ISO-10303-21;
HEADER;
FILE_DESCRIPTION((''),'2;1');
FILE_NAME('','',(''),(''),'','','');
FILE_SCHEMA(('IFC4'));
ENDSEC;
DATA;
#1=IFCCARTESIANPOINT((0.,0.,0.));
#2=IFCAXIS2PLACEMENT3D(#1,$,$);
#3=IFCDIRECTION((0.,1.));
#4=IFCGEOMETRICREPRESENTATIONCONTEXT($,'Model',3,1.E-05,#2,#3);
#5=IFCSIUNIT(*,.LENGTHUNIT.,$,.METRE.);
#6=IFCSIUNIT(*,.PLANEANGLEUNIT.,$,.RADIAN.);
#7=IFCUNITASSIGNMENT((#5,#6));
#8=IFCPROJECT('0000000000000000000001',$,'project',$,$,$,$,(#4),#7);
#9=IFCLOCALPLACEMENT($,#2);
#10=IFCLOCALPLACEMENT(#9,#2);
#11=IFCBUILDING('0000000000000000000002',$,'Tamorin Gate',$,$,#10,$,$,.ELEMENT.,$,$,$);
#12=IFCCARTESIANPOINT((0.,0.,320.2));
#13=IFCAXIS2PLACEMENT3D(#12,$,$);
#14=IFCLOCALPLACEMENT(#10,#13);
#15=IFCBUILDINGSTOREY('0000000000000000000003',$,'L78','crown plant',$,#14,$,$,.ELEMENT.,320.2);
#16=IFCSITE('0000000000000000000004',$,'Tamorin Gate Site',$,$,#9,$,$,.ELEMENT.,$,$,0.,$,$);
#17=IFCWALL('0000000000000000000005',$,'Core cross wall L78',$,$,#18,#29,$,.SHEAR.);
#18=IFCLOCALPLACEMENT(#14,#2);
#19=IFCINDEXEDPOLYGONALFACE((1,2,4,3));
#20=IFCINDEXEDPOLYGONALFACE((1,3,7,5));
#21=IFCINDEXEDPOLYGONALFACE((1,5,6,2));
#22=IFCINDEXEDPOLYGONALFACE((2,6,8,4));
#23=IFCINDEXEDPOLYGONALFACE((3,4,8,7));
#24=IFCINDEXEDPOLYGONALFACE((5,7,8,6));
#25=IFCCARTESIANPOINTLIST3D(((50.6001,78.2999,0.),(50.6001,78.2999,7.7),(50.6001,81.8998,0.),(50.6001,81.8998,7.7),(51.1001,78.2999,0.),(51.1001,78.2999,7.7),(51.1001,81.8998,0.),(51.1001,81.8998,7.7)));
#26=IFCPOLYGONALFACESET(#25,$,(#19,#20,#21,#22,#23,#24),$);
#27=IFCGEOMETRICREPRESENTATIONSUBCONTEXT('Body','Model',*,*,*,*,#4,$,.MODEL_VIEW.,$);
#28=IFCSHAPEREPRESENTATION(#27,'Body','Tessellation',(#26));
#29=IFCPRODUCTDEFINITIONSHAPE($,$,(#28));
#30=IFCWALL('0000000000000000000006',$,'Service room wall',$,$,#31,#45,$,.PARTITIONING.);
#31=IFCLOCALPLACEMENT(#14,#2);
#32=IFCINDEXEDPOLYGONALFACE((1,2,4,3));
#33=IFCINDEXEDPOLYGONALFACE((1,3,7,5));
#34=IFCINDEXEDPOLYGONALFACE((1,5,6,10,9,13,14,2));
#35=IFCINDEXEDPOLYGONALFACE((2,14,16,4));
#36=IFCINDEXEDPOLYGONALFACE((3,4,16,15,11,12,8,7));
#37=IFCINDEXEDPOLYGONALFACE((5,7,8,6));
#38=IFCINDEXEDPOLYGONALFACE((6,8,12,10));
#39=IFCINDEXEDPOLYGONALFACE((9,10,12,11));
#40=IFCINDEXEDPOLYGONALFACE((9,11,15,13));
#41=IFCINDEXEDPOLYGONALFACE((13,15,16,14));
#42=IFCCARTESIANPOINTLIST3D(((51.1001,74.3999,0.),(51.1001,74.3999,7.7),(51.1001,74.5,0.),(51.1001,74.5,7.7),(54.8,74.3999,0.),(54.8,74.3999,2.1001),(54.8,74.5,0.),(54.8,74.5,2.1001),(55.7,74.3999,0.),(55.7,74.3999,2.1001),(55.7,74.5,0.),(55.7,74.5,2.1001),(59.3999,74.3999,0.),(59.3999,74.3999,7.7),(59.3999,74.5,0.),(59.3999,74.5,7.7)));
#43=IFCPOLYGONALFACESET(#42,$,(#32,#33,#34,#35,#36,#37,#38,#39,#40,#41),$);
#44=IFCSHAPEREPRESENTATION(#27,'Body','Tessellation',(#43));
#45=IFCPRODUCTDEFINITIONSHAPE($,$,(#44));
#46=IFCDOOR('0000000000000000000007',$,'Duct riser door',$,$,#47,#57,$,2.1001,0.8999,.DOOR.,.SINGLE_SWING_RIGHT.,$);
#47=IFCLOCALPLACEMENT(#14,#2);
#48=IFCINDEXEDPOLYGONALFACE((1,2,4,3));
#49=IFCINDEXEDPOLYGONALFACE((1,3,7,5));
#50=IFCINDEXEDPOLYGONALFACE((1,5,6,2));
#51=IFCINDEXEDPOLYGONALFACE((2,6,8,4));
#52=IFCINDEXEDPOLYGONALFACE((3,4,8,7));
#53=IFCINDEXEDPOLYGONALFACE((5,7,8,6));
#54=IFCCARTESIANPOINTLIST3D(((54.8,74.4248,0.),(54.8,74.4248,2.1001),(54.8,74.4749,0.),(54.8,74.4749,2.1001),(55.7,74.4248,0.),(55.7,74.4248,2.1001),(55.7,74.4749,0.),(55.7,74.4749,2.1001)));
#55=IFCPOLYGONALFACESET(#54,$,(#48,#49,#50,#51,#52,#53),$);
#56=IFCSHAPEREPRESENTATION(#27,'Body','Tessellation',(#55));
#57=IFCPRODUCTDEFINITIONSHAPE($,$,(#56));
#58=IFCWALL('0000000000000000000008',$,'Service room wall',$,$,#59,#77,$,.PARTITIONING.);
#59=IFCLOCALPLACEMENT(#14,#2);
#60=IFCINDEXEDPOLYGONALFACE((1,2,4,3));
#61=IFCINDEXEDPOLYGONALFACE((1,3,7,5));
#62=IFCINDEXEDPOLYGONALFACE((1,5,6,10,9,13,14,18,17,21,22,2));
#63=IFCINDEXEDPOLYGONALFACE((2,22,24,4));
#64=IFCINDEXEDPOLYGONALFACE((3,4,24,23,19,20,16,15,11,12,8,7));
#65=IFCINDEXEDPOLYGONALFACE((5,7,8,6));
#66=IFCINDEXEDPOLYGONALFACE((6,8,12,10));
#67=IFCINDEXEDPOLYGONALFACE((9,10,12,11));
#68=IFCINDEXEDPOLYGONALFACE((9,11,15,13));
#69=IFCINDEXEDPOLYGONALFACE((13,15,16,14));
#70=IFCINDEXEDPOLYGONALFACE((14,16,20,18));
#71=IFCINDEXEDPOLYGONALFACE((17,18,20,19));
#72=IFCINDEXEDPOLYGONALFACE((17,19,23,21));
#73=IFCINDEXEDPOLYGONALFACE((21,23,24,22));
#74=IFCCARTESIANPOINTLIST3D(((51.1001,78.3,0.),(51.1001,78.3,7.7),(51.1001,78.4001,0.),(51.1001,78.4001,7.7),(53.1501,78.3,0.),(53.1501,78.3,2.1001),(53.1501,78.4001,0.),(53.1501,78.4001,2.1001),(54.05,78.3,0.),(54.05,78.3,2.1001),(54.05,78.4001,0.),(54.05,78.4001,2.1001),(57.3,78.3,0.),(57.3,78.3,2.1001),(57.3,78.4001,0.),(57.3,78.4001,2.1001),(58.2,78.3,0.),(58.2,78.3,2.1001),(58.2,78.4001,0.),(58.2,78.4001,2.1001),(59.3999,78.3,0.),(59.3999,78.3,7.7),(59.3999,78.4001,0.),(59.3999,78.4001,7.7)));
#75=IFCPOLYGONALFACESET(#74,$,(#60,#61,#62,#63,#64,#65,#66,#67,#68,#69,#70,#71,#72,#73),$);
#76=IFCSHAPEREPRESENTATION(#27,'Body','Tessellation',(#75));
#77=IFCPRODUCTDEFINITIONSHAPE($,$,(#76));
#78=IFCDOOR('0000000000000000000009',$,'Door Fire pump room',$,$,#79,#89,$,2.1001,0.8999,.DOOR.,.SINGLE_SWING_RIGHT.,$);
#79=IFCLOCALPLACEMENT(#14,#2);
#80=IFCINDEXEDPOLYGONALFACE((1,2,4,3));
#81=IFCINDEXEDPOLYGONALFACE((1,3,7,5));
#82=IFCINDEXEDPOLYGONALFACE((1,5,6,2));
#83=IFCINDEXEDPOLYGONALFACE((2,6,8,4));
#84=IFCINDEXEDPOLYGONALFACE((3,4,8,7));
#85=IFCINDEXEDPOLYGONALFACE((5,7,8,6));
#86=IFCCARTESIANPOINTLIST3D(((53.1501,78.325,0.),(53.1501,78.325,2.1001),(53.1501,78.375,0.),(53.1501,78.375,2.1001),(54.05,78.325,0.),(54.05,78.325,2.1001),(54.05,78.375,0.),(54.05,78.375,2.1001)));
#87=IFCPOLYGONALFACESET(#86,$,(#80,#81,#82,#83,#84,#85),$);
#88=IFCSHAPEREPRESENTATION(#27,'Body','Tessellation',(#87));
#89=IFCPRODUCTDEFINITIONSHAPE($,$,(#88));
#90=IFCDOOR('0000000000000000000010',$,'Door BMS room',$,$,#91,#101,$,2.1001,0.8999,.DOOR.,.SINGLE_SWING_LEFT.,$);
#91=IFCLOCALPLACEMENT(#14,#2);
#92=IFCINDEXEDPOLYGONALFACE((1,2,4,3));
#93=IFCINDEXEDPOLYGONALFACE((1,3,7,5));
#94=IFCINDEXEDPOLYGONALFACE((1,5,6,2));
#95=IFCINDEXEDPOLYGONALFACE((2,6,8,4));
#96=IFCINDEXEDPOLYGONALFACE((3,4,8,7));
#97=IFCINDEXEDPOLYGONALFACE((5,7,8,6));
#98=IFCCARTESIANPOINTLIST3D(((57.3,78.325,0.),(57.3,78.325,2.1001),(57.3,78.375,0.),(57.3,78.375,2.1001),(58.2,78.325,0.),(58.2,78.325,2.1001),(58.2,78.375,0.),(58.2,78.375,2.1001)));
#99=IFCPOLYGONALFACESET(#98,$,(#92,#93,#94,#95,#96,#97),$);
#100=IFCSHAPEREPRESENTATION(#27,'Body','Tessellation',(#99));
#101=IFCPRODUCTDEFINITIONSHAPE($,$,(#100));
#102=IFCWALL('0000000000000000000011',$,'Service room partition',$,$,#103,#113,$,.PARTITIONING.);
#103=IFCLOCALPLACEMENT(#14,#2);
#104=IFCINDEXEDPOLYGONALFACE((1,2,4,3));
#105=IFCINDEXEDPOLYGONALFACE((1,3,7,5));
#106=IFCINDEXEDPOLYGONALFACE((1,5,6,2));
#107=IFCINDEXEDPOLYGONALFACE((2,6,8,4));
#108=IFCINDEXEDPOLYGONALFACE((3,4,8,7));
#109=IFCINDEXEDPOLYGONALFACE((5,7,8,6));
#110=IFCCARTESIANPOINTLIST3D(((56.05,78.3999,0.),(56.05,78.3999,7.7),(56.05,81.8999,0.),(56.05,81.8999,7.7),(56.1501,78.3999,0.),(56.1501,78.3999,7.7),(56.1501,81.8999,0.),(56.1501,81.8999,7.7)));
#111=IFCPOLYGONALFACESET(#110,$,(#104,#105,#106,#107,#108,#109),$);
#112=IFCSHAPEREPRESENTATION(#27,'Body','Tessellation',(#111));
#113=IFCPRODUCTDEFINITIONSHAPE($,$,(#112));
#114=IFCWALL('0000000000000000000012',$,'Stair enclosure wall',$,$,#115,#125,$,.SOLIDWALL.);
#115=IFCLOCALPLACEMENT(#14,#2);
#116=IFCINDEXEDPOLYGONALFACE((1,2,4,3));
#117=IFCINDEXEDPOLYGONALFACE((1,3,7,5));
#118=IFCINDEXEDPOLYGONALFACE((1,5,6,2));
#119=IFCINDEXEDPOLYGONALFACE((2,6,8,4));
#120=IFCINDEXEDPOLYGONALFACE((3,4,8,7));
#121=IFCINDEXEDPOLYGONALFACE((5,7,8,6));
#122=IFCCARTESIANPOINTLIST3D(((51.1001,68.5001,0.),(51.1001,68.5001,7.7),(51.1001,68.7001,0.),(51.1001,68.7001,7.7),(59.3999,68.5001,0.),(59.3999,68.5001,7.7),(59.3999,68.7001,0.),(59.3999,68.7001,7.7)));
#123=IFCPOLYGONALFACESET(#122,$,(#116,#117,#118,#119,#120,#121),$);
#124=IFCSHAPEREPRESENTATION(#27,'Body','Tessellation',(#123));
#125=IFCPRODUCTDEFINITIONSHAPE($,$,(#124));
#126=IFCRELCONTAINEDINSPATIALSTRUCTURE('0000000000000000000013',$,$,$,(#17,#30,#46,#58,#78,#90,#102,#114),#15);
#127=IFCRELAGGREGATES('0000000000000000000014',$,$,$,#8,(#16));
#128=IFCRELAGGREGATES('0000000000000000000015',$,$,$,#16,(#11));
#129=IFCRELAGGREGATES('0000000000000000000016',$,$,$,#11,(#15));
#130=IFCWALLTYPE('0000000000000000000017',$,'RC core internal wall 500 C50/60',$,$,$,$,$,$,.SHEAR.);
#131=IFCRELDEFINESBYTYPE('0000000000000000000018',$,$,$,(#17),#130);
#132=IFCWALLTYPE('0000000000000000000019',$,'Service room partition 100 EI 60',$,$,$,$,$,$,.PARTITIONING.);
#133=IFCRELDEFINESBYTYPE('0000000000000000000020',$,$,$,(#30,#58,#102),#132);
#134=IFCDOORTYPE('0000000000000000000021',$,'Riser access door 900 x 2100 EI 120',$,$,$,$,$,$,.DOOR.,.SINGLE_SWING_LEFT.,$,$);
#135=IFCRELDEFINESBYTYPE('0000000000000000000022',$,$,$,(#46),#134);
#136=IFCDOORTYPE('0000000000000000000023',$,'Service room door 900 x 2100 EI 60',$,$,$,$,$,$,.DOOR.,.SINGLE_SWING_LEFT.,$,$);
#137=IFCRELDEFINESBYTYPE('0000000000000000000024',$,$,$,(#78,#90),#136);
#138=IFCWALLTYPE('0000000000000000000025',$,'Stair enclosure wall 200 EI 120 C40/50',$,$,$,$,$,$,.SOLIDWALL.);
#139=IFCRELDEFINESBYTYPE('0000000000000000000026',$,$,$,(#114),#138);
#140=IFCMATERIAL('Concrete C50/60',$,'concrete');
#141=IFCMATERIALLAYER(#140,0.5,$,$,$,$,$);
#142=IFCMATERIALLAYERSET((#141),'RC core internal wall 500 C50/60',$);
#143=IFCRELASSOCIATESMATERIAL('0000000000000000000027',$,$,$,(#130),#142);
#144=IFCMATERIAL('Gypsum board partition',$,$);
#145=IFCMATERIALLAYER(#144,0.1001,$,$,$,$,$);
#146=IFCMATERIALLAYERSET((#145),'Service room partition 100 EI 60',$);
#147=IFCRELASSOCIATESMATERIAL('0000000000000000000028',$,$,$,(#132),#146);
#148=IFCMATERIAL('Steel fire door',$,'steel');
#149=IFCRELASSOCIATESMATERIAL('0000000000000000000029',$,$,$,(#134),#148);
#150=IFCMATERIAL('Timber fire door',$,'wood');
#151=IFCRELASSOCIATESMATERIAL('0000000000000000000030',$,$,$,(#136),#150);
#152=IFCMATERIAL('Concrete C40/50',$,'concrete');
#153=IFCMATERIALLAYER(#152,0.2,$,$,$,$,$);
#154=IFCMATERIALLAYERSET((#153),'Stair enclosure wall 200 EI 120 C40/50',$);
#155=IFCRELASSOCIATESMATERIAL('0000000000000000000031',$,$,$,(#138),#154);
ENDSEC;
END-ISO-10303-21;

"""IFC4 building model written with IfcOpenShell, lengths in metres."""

from ifc_helpers import new_model, si_unit, direction, frame, frame_2d, origin, place, context, subcontext, project, spatial, rectangle, extrude, material, layer, layer_set, type_object, element, fill, save


model = new_model("IFC4")

# Units and contexts
model_context = context("Model", 3, precision=1e-05, world=origin(), true_north=direction((0.0, 1.0)))
body_context = subcontext(model_context, "Body", "Model", "MODEL_VIEW")
ifc_project = project(units=[si_unit("LENGTHUNIT", "METRE"), si_unit("PLANEANGLEUNIT", "RADIAN")], contexts=[model_context])

# Site, building, storey
site_placement = place(None, origin())
site = spatial("IfcSite", under=ifc_project, at=site_placement, Name="Tamorin Gate Site", CompositionType="ELEMENT", RefElevation=0.0)
building_placement = place(site_placement, origin())
building = spatial("IfcBuilding", under=site, at=building_placement, Name="Tamorin Gate", CompositionType="ELEMENT")
storey_placement = place(building_placement, frame((0.0, 0.0, 320.2)))
storey = spatial("IfcBuildingStorey", under=building, at=storey_placement, Name="L78", Description="crown plant", CompositionType="ELEMENT", Elevation=320.2)

# Shared definitions
ifc_material_1 = material(Name="Concrete C50/60", Category="concrete")

# Shared definitions
ifc_material_2 = material(Name="Concrete C40/50", Category="concrete")

# Wall
ifc_material_3 = material(Name="Gypsum board partition")
ifc_layer_1 = layer(ifc_material_1, 0.5)
ifc_layer_set_1 = layer_set([ifc_layer_1], Name="RC core internal wall 500 C50/60")
wall_type_1 = type_object("IfcWallType", Name="RC core internal wall 500 C50/60", PredefinedType="SHEAR", material=ifc_layer_set_1)
wall_1_placement = place(storey_placement, frame((50.8501, 78.3, 0.0), z_axis=(0.0, 0.0, 1.0), x_axis=(0.0, 1.0, 0.0)))
element("IfcWall", 1, at=wall_1_placement, inside=storey, type_object=wall_type_1, Name="Core cross wall L78", PredefinedType="SHEAR", context=body_context, shape_type="SweptSolid", body=[
    extrude(rectangle(XDim=3.5999, YDim=0.5, at=frame_2d((1.7998, 0.0))), origin(), (0.0, 0.0, 1.0), 7.7),
])

# Wall, opening, door
ifc_layer_2 = layer(ifc_material_3, 0.1001)
ifc_layer_set_2 = layer_set([ifc_layer_2], Name="Service room partition 100 EI 60")
wall_type_2 = type_object("IfcWallType", Name="Service room partition 100 EI 60", PredefinedType="PARTITIONING", material=ifc_layer_set_2)
wall_2_placement = place(storey_placement, frame((51.1001, 74.45, 0.0), z_axis=(0.0, 0.0, 1.0), x_axis=(1.0, 0.0, 0.0)))
wall_2 = element("IfcWall", 2, at=wall_2_placement, inside=storey, type_object=wall_type_2, Name="Service room wall", PredefinedType="PARTITIONING", context=body_context, shape_type="SweptSolid", body=[
    extrude(rectangle(XDim=8.2998, YDim=0.1001, at=frame_2d((4.1499, 0.0))), origin(), (0.0, 0.0, 1.0), 7.7),
])
opening_1_placement = place(wall_2_placement, frame((3.7, 0.0, 0.0)))
opening_1 = element("IfcOpeningElement", 3, at=opening_1_placement, cuts=wall_2, PredefinedType="OPENING", context=body_context, shape_type="SweptSolid", body=[
    extrude(rectangle(XDim=0.8999, YDim=2.1001, at=frame_2d((0.45, 1.05))), frame((0.0, 0.0601, 0.0), z_axis=(0.0, -1.0, 0.0), x_axis=(1.0, 0.0, 0.0)), (0.0, 0.0, 1.0), 0.1201),
])
ifc_material_4 = material(Name="Steel fire door", Category="steel")
door_type_1 = type_object("IfcDoorType", Name="Riser access door 900 x 2100 EI 120", OperationType="SINGLE_SWING_LEFT", PredefinedType="DOOR", material=ifc_material_4)
door_1_placement = place(opening_1_placement, origin())
door_1 = element("IfcDoor", 4, at=door_1_placement, inside=storey, type_object=door_type_1, Name="Duct riser door", OperationType="SINGLE_SWING_RIGHT", OverallHeight=2.1001, OverallWidth=0.8999, PredefinedType="DOOR", context=body_context, shape_type="SweptSolid", body=[
    extrude(rectangle(XDim=0.8999, YDim=2.1001, at=frame_2d((0.45, 1.05))), frame((0.0, 0.0249, 0.0), z_axis=(0.0, -1.0, 0.0), x_axis=(1.0, 0.0, 0.0)), (0.0, 0.0, 1.0), 0.05),
])
fill(opening_1, door_1)

# Wall, openings, doors
wall_3_placement = place(storey_placement, frame((51.1001, 78.3501, 0.0), z_axis=(0.0, 0.0, 1.0), x_axis=(1.0, 0.0, 0.0)))
wall_3 = element("IfcWall", 5, at=wall_3_placement, inside=storey, type_object=wall_type_2, Name="Service room wall", PredefinedType="PARTITIONING", context=body_context, shape_type="SweptSolid", body=[
    extrude(rectangle(XDim=8.2998, YDim=0.1001, at=frame_2d((4.1499, 0.0))), origin(), (0.0, 0.0, 1.0), 7.7),
])
opening_2_placement = place(wall_3_placement, frame((2.05, 0.0, 0.0)))
opening_2 = element("IfcOpeningElement", 6, at=opening_2_placement, cuts=wall_3, PredefinedType="OPENING", context=body_context, shape_type="SweptSolid", body=[
    extrude(rectangle(XDim=0.8999, YDim=2.1001, at=frame_2d((0.45, 1.05))), frame((0.0, 0.0601, 0.0), z_axis=(0.0, -1.0, 0.0), x_axis=(1.0, 0.0, 0.0)), (0.0, 0.0, 1.0), 0.1201),
])
opening_3_placement = place(wall_3_placement, frame((6.2, 0.0, 0.0)))
opening_3 = element("IfcOpeningElement", 7, at=opening_3_placement, cuts=wall_3, PredefinedType="OPENING", context=body_context, shape_type="SweptSolid", body=[
    extrude(rectangle(XDim=0.8999, YDim=2.1001, at=frame_2d((0.45, 1.05))), frame((0.0, 0.0601, 0.0), z_axis=(0.0, -1.0, 0.0), x_axis=(1.0, 0.0, 0.0)), (0.0, 0.0, 1.0), 0.1201),
])
ifc_material_5 = material(Name="Timber fire door", Category="wood")
door_type_2 = type_object("IfcDoorType", Name="Service room door 900 x 2100 EI 60", OperationType="SINGLE_SWING_LEFT", PredefinedType="DOOR", material=ifc_material_5)
door_2_placement = place(opening_2_placement, origin())
door_2 = element("IfcDoor", 8, at=door_2_placement, inside=storey, type_object=door_type_2, Name="Door Fire pump room", OperationType="SINGLE_SWING_RIGHT", OverallHeight=2.1001, OverallWidth=0.8999, PredefinedType="DOOR", context=body_context, shape_type="SweptSolid", body=[
    extrude(rectangle(XDim=0.8999, YDim=2.1001, at=frame_2d((0.45, 1.05))), frame((0.0, 0.0249, 0.0), z_axis=(0.0, -1.0, 0.0), x_axis=(1.0, 0.0, 0.0)), (0.0, 0.0, 1.0), 0.05),
])
fill(opening_2, door_2)
door_3_placement = place(opening_3_placement, origin())
door_3 = element("IfcDoor", 9, at=door_3_placement, inside=storey, type_object=door_type_2, Name="Door BMS room", OperationType="SINGLE_SWING_LEFT", OverallHeight=2.1001, OverallWidth=0.8999, PredefinedType="DOOR", context=body_context, shape_type="SweptSolid", body=[
    extrude(rectangle(XDim=0.8999, YDim=2.1001, at=frame_2d((0.45, 1.05))), frame((0.0, 0.0249, 0.0), z_axis=(0.0, -1.0, 0.0), x_axis=(1.0, 0.0, 0.0)), (0.0, 0.0, 1.0), 0.05),
])
fill(opening_3, door_3)

# Walls
wall_4_placement = place(storey_placement, frame((56.1001, 78.3999, 0.0), z_axis=(0.0, 0.0, 1.0), x_axis=(0.0, 1.0, 0.0)))
element("IfcWall", 10, at=wall_4_placement, inside=storey, type_object=wall_type_2, Name="Service room partition", PredefinedType="PARTITIONING", context=body_context, shape_type="SweptSolid", body=[
    extrude(rectangle(XDim=3.5, YDim=0.1001, at=frame_2d((1.75, 0.0))), origin(), (0.0, 0.0, 1.0), 7.7),
])
ifc_layer_3 = layer(ifc_material_2, 0.2)
ifc_layer_set_3 = layer_set([ifc_layer_3], Name="Stair enclosure wall 200 EI 120 C40/50")
wall_type_3 = type_object("IfcWallType", Name="Stair enclosure wall 200 EI 120 C40/50", PredefinedType="SOLIDWALL", material=ifc_layer_set_3)
wall_5_placement = place(storey_placement, frame((51.1001, 68.6001, 0.0), z_axis=(0.0, 0.0, 1.0), x_axis=(1.0, 0.0, 0.0)))
element("IfcWall", 11, at=wall_5_placement, inside=storey, type_object=wall_type_3, Name="Stair enclosure wall", PredefinedType="SOLIDWALL", context=body_context, shape_type="SweptSolid", body=[
    extrude(rectangle(XDim=8.2998, YDim=0.2, at=frame_2d((4.1499, 0.0))), origin(), (0.0, 0.0, 1.0), 7.7),
])

save(model, "model.ifc")
